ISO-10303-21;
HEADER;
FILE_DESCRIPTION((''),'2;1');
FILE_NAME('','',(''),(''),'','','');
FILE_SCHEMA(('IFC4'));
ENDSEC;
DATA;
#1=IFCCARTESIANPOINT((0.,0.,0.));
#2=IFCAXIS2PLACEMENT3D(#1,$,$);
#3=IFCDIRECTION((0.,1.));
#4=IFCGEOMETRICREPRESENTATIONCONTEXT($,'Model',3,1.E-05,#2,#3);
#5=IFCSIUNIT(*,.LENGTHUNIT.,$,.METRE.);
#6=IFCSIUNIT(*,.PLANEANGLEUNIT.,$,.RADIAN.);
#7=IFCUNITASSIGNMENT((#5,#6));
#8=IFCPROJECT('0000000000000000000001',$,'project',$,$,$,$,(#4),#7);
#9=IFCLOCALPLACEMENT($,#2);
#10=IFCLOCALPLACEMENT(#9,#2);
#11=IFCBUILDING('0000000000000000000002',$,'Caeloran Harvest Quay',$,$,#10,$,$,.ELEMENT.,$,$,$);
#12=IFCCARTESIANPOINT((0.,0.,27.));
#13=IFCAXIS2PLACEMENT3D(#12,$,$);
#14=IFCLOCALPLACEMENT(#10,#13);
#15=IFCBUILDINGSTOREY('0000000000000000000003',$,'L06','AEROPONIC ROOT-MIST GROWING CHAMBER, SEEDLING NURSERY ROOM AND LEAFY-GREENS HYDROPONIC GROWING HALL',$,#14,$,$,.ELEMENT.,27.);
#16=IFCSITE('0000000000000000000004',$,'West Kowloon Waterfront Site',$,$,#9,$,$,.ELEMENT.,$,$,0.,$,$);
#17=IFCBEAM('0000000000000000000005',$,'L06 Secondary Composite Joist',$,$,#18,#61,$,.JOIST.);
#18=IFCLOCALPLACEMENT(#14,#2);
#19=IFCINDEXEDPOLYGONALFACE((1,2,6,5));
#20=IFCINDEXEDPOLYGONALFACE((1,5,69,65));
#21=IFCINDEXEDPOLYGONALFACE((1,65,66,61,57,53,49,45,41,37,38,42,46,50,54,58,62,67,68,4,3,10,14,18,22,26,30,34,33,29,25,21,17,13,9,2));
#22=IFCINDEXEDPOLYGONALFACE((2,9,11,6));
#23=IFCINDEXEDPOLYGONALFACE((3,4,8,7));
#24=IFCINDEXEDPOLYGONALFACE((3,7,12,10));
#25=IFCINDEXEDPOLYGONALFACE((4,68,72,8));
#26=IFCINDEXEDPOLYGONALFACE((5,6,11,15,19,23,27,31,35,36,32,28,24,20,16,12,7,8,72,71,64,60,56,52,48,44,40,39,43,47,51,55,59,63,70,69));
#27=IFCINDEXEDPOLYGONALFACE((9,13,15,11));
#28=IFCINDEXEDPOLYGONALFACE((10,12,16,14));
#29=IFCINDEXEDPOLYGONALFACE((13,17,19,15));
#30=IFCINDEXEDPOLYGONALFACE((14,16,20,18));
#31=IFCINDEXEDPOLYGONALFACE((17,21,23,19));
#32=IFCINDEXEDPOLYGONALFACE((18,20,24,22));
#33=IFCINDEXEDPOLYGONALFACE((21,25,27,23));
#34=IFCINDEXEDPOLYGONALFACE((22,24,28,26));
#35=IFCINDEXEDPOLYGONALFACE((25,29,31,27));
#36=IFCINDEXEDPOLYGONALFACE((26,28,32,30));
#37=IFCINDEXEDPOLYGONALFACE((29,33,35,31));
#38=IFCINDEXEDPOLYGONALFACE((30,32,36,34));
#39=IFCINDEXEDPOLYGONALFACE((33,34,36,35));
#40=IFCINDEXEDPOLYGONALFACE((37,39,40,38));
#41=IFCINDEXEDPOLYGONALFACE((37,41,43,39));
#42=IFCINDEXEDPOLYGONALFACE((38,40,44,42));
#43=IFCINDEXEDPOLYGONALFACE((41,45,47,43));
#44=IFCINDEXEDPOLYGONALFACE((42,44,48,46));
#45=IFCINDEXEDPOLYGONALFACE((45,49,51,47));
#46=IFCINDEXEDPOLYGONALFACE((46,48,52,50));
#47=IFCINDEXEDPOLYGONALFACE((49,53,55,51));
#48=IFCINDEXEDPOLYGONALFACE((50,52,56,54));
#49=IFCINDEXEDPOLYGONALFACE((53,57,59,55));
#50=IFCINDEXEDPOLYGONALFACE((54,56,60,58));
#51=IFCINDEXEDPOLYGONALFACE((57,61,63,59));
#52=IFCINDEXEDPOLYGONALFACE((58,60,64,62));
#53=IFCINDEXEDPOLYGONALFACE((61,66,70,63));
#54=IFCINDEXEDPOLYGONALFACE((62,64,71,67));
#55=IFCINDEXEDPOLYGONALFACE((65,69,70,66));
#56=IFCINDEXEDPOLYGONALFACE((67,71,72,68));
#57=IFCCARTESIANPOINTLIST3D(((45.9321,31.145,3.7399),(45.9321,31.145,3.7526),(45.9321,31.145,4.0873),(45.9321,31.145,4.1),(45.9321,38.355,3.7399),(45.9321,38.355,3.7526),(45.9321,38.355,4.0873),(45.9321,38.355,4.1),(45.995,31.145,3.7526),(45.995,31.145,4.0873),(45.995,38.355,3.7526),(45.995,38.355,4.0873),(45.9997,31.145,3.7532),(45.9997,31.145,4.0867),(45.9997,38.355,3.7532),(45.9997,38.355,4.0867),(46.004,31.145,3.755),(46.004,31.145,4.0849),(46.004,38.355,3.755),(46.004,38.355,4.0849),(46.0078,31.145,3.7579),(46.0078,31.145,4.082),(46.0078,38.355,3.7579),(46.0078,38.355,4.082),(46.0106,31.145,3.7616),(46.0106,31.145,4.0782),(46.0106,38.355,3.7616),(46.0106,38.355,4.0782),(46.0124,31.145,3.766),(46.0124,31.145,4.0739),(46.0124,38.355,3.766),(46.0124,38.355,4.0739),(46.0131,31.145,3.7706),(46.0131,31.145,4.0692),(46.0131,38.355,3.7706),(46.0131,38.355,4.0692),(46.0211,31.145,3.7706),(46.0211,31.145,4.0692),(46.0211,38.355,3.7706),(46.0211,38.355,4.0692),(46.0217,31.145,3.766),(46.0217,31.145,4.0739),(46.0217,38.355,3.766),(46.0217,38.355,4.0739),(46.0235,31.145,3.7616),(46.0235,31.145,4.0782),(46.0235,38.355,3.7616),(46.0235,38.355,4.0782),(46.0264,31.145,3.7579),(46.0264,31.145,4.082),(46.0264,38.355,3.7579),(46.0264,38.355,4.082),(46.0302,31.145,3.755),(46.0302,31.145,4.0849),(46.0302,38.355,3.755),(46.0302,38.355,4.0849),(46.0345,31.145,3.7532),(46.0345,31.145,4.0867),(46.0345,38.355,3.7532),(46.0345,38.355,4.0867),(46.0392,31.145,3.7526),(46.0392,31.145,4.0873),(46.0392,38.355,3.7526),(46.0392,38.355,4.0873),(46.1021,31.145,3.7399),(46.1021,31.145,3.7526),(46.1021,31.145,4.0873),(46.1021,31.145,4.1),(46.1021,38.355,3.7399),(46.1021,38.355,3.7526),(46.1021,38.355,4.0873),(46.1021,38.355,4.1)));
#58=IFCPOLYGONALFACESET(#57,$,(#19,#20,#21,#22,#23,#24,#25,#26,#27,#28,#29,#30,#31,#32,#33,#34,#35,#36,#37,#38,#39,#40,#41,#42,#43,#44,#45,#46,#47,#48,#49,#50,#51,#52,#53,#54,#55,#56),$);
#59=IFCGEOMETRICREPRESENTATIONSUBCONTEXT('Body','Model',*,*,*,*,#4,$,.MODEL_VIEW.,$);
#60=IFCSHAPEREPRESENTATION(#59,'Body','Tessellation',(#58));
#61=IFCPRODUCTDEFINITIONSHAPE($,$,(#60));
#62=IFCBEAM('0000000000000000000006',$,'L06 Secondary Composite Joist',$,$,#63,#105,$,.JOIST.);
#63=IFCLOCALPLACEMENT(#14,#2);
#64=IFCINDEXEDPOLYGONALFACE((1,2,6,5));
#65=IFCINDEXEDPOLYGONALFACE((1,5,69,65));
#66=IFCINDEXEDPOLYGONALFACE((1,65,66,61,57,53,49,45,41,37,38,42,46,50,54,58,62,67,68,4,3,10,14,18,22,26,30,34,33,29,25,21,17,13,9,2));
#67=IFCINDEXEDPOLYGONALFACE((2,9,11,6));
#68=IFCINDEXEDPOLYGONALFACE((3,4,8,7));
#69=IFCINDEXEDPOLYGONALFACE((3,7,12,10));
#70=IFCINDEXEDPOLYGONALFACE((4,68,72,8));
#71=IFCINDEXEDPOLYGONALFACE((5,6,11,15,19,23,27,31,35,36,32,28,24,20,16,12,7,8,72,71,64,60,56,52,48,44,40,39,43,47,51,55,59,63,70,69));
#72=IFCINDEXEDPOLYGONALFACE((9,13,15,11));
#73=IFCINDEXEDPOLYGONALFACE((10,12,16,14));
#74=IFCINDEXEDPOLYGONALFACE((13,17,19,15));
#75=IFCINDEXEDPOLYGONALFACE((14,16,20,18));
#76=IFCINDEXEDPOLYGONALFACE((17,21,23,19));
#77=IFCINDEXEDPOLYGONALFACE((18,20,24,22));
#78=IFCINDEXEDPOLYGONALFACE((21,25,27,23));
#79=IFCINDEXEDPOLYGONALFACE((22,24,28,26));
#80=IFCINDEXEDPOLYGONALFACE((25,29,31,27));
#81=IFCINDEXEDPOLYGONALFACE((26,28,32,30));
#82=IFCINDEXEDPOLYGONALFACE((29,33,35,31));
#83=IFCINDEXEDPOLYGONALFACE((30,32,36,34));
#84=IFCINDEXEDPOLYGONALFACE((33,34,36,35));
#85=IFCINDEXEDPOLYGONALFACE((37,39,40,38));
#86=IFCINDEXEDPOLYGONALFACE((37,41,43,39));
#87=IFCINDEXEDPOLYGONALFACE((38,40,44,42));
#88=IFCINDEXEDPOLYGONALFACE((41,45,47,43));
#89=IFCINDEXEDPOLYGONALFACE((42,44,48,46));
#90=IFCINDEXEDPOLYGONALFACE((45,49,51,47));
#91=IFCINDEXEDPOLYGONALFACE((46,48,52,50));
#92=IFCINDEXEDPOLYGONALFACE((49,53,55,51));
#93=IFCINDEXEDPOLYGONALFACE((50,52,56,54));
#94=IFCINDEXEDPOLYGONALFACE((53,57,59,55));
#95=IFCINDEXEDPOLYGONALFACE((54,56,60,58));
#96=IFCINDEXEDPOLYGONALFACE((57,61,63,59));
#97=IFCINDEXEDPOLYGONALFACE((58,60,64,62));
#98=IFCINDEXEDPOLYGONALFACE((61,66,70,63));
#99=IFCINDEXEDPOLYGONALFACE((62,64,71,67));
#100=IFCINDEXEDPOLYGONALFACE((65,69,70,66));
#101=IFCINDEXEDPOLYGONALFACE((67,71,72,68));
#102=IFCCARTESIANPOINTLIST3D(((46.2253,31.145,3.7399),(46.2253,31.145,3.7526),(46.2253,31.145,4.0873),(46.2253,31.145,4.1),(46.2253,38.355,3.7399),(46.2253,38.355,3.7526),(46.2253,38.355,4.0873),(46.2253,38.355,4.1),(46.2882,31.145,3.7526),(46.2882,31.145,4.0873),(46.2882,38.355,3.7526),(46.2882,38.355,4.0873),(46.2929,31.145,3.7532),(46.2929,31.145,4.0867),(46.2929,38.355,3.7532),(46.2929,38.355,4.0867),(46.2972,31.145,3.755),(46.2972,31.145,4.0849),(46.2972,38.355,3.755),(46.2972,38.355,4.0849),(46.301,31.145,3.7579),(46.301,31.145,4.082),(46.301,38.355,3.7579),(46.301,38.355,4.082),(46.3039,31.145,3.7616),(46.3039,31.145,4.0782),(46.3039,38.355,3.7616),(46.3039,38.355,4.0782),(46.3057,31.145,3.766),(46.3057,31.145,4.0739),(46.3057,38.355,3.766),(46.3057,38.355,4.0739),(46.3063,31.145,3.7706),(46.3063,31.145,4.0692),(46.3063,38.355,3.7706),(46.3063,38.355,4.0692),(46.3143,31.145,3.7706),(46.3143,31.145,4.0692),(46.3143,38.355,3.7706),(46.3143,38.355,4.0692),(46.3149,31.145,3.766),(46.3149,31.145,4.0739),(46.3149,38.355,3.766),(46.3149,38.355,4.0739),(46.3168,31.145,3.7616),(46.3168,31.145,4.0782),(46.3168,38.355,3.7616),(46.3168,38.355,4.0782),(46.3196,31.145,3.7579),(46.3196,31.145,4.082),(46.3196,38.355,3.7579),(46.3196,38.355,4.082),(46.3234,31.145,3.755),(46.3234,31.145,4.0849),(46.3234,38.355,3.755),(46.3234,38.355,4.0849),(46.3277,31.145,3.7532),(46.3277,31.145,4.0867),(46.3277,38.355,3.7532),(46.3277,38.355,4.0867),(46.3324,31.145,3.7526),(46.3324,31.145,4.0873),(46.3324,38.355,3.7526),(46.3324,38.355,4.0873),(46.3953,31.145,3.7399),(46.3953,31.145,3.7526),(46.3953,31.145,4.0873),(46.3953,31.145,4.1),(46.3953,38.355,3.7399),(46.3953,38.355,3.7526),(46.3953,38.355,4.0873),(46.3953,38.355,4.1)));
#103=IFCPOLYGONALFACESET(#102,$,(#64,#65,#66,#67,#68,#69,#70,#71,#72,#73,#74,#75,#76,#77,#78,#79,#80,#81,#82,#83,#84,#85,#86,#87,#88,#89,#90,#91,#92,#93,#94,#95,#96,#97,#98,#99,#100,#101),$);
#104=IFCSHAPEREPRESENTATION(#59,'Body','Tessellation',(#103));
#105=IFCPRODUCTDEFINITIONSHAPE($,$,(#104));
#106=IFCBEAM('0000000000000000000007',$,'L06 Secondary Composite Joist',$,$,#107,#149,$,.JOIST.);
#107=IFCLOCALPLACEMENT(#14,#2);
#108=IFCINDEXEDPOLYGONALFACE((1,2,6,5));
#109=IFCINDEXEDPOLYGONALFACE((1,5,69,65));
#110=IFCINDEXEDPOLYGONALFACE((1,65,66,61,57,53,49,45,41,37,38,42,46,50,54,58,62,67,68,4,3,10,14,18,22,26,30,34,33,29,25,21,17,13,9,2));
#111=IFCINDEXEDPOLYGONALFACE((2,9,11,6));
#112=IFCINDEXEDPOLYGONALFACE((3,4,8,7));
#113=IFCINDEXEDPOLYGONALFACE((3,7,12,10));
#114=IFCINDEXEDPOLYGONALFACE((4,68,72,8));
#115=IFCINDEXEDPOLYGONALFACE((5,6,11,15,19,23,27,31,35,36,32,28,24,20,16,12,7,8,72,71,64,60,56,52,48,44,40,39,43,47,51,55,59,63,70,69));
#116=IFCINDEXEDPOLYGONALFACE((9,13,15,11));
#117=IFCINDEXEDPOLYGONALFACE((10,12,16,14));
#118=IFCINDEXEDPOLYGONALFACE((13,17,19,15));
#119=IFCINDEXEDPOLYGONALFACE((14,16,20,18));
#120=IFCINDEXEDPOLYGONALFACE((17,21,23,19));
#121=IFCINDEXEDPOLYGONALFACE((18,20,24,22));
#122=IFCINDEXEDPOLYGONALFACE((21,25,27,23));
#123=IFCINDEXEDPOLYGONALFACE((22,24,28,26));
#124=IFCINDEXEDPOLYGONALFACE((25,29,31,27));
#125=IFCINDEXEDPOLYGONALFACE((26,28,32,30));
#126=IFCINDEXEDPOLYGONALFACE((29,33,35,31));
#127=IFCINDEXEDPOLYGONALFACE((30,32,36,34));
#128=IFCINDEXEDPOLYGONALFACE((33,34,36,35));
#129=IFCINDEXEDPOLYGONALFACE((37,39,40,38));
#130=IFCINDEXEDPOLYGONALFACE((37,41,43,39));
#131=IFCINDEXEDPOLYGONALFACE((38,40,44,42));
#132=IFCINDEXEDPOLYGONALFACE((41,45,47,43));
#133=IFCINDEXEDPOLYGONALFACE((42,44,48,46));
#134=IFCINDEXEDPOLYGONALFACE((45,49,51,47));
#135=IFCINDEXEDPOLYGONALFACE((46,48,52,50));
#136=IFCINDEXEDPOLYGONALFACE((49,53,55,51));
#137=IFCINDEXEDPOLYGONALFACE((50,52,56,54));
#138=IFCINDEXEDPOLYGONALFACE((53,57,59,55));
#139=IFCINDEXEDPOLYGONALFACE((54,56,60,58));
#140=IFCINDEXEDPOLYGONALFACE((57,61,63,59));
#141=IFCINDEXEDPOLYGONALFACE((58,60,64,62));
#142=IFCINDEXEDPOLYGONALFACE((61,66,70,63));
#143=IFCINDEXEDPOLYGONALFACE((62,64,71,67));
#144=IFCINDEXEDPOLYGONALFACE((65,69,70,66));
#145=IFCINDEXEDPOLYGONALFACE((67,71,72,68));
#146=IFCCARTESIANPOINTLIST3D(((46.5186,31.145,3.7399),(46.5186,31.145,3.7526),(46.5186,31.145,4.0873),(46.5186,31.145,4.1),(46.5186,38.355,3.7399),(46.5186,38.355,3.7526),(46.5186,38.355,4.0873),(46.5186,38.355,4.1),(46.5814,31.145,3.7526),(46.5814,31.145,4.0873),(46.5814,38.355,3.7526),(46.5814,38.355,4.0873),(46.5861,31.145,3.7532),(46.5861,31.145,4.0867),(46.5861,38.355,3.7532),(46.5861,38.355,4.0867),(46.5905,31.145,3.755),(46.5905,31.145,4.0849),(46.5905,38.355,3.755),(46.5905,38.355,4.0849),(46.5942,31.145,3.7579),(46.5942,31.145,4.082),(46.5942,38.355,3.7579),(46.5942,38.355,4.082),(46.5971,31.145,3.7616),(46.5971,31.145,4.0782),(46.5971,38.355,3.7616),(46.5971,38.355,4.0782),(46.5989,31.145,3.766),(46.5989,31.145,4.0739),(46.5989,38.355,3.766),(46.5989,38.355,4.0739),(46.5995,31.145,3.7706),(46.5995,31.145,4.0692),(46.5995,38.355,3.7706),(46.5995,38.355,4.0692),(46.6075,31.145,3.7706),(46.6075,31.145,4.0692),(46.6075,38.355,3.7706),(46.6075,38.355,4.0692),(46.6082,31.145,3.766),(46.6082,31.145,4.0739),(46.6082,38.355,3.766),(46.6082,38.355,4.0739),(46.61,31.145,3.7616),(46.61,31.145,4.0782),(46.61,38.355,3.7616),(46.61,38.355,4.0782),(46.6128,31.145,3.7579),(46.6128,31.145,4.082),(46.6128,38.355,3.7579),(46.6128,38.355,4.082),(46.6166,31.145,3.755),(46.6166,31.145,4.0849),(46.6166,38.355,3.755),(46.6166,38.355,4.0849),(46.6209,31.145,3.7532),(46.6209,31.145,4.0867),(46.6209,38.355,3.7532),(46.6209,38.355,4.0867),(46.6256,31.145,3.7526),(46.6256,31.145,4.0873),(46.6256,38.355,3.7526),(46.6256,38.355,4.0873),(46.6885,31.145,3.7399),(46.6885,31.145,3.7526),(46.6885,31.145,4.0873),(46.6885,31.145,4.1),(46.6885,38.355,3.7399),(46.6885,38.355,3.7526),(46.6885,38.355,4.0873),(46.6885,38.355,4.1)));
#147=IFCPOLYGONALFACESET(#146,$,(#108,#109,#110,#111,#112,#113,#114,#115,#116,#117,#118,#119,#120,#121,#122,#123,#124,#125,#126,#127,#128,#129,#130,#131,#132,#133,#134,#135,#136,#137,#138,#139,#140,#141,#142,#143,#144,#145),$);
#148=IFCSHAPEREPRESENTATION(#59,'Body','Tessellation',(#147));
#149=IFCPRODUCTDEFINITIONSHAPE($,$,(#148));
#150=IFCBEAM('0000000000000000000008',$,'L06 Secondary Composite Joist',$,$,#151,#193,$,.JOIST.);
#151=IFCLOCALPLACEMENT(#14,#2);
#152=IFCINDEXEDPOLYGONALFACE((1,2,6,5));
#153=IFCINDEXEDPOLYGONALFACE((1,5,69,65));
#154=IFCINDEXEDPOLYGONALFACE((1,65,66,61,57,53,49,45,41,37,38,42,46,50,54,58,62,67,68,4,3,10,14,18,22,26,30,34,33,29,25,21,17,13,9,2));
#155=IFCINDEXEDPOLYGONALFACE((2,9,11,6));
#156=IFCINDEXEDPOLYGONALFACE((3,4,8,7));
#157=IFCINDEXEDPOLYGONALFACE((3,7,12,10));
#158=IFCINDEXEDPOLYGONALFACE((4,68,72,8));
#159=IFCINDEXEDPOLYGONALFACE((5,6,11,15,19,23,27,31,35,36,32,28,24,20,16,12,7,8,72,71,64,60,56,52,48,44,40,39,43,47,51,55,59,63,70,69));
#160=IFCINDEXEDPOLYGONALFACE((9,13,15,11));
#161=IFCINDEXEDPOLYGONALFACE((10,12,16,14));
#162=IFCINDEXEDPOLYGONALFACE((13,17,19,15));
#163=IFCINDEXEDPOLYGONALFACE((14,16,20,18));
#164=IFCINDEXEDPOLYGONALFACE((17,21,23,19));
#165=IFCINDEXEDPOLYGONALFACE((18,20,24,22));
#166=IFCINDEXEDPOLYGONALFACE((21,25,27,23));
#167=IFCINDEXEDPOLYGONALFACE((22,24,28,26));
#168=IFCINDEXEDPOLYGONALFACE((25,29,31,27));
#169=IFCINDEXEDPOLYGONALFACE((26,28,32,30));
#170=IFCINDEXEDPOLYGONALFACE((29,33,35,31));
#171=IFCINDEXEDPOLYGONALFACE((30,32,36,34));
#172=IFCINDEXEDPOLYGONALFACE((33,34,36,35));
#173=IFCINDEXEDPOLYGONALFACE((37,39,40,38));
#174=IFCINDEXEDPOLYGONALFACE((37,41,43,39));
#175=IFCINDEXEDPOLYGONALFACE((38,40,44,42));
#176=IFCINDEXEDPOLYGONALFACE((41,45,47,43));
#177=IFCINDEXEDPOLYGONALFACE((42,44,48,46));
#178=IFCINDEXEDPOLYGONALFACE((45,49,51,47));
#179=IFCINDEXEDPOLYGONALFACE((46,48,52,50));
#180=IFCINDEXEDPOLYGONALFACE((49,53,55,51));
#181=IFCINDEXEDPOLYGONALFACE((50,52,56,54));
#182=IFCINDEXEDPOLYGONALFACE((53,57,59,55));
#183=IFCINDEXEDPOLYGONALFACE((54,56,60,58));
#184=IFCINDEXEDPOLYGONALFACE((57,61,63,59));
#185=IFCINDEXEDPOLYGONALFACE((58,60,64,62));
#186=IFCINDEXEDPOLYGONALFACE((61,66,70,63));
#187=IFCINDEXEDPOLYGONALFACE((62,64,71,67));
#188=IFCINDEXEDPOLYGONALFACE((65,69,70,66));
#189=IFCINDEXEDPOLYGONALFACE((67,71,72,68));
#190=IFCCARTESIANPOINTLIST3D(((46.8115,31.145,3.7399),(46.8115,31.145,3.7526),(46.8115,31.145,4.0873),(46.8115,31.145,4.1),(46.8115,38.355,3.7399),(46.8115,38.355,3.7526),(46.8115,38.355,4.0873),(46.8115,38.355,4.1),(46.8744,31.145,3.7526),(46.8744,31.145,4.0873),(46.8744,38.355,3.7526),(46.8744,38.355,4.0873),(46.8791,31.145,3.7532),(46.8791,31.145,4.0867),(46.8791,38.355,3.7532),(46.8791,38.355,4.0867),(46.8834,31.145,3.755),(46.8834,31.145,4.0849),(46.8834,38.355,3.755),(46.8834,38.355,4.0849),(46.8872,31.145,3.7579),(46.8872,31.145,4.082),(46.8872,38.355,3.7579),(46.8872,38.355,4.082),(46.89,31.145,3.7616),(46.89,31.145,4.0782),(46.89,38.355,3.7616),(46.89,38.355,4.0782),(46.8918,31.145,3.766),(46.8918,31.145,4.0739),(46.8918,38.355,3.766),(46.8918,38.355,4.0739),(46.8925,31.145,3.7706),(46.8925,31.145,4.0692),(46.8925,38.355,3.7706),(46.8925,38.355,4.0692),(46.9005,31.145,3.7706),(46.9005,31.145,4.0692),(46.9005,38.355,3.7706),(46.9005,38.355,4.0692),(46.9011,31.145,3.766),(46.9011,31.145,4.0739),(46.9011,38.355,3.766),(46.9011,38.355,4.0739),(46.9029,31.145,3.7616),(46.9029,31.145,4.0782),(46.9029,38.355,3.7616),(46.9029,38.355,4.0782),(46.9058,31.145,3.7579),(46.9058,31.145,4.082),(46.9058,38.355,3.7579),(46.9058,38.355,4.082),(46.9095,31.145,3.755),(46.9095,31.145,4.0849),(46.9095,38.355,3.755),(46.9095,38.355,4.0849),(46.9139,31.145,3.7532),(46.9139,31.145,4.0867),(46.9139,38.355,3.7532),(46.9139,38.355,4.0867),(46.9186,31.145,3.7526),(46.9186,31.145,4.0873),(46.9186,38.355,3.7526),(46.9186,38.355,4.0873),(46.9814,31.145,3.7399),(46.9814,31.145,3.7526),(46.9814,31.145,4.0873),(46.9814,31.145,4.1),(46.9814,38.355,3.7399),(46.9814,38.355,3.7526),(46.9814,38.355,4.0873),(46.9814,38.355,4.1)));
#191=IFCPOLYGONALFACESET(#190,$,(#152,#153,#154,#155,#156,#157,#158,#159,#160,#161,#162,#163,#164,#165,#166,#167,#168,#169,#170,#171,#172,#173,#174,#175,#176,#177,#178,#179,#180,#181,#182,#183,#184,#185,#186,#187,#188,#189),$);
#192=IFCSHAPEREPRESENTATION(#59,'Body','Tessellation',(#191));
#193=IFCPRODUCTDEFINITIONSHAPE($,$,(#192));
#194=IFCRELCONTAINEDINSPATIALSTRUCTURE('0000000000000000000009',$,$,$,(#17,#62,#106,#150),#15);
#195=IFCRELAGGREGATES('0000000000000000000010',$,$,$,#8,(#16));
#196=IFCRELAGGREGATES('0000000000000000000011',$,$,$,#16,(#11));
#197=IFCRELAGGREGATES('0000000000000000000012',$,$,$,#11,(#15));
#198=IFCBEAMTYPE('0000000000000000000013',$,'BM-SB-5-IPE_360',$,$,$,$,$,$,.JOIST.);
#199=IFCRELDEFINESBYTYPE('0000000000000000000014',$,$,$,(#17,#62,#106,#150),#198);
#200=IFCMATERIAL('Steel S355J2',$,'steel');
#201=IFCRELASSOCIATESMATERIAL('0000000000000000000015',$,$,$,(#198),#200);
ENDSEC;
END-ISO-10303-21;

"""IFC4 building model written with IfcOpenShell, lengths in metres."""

from ifc_helpers import new_model, si_unit, direction, frame, origin, origin_2d, place, context, subcontext, project, spatial, i_section, extrude, material, material_profile, profile_set, type_object, element, save


model = new_model("IFC4")

# Units and contexts
model_context = context("Model", 3, precision=1e-05, world=origin(), true_north=direction((0.0, 1.0)))
body_context = subcontext(model_context, "Body", "Model", "MODEL_VIEW")
ifc_project = project(units=[si_unit("LENGTHUNIT", "METRE"), si_unit("PLANEANGLEUNIT", "RADIAN")], contexts=[model_context])

# Site, building, storey
site_placement = place(None, origin())
site = spatial("IfcSite", under=ifc_project, at=site_placement, Name="West Kowloon Waterfront Site", CompositionType="ELEMENT", RefElevation=0.0)
building_placement = place(site_placement, origin())
building = spatial("IfcBuilding", under=site, at=building_placement, Name="Caeloran Harvest Quay", CompositionType="ELEMENT")
storey_placement = place(building_placement, frame((0.0, 0.0, 27.0)))
storey = spatial("IfcBuildingStorey", under=building, at=storey_placement, Name="L06", Description="AEROPONIC ROOT-MIST GROWING CHAMBER, SEEDLING NURSERY ROOM AND LEAFY-GREENS HYDROPONIC GROWING HALL", CompositionType="ELEMENT", Elevation=27.0)

# Beams
ifc_material_1 = material(Name="Steel S355J2", Category="steel")
ifc_material_profile_1 = material_profile(ifc_material_1, i_section(OverallWidth=0.1699, OverallDepth=0.3601, WebThickness=0.0081, FlangeThickness=0.0127, FilletRadius=0.0181, at=origin_2d()), Name="IPE 360")
ifc_profile_set_1 = profile_set([ifc_material_profile_1], Name="Steel S355J2")
beam_type_1 = type_object("IfcBeamType", Name="BM-SB-5-IPE_360", PredefinedType="JOIST", material=ifc_profile_set_1)
for number, where, z_axis, x_axis, name in (
    (1, (46.0171, 31.145, 3.9199), (0.0, 1.0, 0.0), (-1.0, 0.0, 0.0), "L06 Secondary Composite Joist"),
    (2, (46.3103, 31.145, 3.9199), (0.0, 1.0, 0.0), (-1.0, 0.0, 0.0), "L06 Secondary Composite Joist"),
    (3, (46.6035, 31.145, 3.9199), (0.0, 1.0, 0.0), (-1.0, 0.0, 0.0), "L06 Secondary Composite Joist"),
    (4, (46.8965, 31.145, 3.9199), (0.0, 1.0, 0.0), (-1.0, 0.0, 0.0), "L06 Secondary Composite Joist"),
):
    element("IfcBeam", number, at=place(storey_placement, frame(where, z_axis=z_axis, x_axis=x_axis)), inside=storey, type_object=beam_type_1, Name=name, PredefinedType="JOIST", context=body_context, shape_type="SweptSolid", body=[
        extrude(i_section(OverallWidth=0.1699, OverallDepth=0.3601, WebThickness=0.0081, FlangeThickness=0.0127, FilletRadius=0.0181, at=origin_2d()), origin(), (0.0, 0.0, 1.0), 7.21),
    ])

save(model, "model.ifc")
